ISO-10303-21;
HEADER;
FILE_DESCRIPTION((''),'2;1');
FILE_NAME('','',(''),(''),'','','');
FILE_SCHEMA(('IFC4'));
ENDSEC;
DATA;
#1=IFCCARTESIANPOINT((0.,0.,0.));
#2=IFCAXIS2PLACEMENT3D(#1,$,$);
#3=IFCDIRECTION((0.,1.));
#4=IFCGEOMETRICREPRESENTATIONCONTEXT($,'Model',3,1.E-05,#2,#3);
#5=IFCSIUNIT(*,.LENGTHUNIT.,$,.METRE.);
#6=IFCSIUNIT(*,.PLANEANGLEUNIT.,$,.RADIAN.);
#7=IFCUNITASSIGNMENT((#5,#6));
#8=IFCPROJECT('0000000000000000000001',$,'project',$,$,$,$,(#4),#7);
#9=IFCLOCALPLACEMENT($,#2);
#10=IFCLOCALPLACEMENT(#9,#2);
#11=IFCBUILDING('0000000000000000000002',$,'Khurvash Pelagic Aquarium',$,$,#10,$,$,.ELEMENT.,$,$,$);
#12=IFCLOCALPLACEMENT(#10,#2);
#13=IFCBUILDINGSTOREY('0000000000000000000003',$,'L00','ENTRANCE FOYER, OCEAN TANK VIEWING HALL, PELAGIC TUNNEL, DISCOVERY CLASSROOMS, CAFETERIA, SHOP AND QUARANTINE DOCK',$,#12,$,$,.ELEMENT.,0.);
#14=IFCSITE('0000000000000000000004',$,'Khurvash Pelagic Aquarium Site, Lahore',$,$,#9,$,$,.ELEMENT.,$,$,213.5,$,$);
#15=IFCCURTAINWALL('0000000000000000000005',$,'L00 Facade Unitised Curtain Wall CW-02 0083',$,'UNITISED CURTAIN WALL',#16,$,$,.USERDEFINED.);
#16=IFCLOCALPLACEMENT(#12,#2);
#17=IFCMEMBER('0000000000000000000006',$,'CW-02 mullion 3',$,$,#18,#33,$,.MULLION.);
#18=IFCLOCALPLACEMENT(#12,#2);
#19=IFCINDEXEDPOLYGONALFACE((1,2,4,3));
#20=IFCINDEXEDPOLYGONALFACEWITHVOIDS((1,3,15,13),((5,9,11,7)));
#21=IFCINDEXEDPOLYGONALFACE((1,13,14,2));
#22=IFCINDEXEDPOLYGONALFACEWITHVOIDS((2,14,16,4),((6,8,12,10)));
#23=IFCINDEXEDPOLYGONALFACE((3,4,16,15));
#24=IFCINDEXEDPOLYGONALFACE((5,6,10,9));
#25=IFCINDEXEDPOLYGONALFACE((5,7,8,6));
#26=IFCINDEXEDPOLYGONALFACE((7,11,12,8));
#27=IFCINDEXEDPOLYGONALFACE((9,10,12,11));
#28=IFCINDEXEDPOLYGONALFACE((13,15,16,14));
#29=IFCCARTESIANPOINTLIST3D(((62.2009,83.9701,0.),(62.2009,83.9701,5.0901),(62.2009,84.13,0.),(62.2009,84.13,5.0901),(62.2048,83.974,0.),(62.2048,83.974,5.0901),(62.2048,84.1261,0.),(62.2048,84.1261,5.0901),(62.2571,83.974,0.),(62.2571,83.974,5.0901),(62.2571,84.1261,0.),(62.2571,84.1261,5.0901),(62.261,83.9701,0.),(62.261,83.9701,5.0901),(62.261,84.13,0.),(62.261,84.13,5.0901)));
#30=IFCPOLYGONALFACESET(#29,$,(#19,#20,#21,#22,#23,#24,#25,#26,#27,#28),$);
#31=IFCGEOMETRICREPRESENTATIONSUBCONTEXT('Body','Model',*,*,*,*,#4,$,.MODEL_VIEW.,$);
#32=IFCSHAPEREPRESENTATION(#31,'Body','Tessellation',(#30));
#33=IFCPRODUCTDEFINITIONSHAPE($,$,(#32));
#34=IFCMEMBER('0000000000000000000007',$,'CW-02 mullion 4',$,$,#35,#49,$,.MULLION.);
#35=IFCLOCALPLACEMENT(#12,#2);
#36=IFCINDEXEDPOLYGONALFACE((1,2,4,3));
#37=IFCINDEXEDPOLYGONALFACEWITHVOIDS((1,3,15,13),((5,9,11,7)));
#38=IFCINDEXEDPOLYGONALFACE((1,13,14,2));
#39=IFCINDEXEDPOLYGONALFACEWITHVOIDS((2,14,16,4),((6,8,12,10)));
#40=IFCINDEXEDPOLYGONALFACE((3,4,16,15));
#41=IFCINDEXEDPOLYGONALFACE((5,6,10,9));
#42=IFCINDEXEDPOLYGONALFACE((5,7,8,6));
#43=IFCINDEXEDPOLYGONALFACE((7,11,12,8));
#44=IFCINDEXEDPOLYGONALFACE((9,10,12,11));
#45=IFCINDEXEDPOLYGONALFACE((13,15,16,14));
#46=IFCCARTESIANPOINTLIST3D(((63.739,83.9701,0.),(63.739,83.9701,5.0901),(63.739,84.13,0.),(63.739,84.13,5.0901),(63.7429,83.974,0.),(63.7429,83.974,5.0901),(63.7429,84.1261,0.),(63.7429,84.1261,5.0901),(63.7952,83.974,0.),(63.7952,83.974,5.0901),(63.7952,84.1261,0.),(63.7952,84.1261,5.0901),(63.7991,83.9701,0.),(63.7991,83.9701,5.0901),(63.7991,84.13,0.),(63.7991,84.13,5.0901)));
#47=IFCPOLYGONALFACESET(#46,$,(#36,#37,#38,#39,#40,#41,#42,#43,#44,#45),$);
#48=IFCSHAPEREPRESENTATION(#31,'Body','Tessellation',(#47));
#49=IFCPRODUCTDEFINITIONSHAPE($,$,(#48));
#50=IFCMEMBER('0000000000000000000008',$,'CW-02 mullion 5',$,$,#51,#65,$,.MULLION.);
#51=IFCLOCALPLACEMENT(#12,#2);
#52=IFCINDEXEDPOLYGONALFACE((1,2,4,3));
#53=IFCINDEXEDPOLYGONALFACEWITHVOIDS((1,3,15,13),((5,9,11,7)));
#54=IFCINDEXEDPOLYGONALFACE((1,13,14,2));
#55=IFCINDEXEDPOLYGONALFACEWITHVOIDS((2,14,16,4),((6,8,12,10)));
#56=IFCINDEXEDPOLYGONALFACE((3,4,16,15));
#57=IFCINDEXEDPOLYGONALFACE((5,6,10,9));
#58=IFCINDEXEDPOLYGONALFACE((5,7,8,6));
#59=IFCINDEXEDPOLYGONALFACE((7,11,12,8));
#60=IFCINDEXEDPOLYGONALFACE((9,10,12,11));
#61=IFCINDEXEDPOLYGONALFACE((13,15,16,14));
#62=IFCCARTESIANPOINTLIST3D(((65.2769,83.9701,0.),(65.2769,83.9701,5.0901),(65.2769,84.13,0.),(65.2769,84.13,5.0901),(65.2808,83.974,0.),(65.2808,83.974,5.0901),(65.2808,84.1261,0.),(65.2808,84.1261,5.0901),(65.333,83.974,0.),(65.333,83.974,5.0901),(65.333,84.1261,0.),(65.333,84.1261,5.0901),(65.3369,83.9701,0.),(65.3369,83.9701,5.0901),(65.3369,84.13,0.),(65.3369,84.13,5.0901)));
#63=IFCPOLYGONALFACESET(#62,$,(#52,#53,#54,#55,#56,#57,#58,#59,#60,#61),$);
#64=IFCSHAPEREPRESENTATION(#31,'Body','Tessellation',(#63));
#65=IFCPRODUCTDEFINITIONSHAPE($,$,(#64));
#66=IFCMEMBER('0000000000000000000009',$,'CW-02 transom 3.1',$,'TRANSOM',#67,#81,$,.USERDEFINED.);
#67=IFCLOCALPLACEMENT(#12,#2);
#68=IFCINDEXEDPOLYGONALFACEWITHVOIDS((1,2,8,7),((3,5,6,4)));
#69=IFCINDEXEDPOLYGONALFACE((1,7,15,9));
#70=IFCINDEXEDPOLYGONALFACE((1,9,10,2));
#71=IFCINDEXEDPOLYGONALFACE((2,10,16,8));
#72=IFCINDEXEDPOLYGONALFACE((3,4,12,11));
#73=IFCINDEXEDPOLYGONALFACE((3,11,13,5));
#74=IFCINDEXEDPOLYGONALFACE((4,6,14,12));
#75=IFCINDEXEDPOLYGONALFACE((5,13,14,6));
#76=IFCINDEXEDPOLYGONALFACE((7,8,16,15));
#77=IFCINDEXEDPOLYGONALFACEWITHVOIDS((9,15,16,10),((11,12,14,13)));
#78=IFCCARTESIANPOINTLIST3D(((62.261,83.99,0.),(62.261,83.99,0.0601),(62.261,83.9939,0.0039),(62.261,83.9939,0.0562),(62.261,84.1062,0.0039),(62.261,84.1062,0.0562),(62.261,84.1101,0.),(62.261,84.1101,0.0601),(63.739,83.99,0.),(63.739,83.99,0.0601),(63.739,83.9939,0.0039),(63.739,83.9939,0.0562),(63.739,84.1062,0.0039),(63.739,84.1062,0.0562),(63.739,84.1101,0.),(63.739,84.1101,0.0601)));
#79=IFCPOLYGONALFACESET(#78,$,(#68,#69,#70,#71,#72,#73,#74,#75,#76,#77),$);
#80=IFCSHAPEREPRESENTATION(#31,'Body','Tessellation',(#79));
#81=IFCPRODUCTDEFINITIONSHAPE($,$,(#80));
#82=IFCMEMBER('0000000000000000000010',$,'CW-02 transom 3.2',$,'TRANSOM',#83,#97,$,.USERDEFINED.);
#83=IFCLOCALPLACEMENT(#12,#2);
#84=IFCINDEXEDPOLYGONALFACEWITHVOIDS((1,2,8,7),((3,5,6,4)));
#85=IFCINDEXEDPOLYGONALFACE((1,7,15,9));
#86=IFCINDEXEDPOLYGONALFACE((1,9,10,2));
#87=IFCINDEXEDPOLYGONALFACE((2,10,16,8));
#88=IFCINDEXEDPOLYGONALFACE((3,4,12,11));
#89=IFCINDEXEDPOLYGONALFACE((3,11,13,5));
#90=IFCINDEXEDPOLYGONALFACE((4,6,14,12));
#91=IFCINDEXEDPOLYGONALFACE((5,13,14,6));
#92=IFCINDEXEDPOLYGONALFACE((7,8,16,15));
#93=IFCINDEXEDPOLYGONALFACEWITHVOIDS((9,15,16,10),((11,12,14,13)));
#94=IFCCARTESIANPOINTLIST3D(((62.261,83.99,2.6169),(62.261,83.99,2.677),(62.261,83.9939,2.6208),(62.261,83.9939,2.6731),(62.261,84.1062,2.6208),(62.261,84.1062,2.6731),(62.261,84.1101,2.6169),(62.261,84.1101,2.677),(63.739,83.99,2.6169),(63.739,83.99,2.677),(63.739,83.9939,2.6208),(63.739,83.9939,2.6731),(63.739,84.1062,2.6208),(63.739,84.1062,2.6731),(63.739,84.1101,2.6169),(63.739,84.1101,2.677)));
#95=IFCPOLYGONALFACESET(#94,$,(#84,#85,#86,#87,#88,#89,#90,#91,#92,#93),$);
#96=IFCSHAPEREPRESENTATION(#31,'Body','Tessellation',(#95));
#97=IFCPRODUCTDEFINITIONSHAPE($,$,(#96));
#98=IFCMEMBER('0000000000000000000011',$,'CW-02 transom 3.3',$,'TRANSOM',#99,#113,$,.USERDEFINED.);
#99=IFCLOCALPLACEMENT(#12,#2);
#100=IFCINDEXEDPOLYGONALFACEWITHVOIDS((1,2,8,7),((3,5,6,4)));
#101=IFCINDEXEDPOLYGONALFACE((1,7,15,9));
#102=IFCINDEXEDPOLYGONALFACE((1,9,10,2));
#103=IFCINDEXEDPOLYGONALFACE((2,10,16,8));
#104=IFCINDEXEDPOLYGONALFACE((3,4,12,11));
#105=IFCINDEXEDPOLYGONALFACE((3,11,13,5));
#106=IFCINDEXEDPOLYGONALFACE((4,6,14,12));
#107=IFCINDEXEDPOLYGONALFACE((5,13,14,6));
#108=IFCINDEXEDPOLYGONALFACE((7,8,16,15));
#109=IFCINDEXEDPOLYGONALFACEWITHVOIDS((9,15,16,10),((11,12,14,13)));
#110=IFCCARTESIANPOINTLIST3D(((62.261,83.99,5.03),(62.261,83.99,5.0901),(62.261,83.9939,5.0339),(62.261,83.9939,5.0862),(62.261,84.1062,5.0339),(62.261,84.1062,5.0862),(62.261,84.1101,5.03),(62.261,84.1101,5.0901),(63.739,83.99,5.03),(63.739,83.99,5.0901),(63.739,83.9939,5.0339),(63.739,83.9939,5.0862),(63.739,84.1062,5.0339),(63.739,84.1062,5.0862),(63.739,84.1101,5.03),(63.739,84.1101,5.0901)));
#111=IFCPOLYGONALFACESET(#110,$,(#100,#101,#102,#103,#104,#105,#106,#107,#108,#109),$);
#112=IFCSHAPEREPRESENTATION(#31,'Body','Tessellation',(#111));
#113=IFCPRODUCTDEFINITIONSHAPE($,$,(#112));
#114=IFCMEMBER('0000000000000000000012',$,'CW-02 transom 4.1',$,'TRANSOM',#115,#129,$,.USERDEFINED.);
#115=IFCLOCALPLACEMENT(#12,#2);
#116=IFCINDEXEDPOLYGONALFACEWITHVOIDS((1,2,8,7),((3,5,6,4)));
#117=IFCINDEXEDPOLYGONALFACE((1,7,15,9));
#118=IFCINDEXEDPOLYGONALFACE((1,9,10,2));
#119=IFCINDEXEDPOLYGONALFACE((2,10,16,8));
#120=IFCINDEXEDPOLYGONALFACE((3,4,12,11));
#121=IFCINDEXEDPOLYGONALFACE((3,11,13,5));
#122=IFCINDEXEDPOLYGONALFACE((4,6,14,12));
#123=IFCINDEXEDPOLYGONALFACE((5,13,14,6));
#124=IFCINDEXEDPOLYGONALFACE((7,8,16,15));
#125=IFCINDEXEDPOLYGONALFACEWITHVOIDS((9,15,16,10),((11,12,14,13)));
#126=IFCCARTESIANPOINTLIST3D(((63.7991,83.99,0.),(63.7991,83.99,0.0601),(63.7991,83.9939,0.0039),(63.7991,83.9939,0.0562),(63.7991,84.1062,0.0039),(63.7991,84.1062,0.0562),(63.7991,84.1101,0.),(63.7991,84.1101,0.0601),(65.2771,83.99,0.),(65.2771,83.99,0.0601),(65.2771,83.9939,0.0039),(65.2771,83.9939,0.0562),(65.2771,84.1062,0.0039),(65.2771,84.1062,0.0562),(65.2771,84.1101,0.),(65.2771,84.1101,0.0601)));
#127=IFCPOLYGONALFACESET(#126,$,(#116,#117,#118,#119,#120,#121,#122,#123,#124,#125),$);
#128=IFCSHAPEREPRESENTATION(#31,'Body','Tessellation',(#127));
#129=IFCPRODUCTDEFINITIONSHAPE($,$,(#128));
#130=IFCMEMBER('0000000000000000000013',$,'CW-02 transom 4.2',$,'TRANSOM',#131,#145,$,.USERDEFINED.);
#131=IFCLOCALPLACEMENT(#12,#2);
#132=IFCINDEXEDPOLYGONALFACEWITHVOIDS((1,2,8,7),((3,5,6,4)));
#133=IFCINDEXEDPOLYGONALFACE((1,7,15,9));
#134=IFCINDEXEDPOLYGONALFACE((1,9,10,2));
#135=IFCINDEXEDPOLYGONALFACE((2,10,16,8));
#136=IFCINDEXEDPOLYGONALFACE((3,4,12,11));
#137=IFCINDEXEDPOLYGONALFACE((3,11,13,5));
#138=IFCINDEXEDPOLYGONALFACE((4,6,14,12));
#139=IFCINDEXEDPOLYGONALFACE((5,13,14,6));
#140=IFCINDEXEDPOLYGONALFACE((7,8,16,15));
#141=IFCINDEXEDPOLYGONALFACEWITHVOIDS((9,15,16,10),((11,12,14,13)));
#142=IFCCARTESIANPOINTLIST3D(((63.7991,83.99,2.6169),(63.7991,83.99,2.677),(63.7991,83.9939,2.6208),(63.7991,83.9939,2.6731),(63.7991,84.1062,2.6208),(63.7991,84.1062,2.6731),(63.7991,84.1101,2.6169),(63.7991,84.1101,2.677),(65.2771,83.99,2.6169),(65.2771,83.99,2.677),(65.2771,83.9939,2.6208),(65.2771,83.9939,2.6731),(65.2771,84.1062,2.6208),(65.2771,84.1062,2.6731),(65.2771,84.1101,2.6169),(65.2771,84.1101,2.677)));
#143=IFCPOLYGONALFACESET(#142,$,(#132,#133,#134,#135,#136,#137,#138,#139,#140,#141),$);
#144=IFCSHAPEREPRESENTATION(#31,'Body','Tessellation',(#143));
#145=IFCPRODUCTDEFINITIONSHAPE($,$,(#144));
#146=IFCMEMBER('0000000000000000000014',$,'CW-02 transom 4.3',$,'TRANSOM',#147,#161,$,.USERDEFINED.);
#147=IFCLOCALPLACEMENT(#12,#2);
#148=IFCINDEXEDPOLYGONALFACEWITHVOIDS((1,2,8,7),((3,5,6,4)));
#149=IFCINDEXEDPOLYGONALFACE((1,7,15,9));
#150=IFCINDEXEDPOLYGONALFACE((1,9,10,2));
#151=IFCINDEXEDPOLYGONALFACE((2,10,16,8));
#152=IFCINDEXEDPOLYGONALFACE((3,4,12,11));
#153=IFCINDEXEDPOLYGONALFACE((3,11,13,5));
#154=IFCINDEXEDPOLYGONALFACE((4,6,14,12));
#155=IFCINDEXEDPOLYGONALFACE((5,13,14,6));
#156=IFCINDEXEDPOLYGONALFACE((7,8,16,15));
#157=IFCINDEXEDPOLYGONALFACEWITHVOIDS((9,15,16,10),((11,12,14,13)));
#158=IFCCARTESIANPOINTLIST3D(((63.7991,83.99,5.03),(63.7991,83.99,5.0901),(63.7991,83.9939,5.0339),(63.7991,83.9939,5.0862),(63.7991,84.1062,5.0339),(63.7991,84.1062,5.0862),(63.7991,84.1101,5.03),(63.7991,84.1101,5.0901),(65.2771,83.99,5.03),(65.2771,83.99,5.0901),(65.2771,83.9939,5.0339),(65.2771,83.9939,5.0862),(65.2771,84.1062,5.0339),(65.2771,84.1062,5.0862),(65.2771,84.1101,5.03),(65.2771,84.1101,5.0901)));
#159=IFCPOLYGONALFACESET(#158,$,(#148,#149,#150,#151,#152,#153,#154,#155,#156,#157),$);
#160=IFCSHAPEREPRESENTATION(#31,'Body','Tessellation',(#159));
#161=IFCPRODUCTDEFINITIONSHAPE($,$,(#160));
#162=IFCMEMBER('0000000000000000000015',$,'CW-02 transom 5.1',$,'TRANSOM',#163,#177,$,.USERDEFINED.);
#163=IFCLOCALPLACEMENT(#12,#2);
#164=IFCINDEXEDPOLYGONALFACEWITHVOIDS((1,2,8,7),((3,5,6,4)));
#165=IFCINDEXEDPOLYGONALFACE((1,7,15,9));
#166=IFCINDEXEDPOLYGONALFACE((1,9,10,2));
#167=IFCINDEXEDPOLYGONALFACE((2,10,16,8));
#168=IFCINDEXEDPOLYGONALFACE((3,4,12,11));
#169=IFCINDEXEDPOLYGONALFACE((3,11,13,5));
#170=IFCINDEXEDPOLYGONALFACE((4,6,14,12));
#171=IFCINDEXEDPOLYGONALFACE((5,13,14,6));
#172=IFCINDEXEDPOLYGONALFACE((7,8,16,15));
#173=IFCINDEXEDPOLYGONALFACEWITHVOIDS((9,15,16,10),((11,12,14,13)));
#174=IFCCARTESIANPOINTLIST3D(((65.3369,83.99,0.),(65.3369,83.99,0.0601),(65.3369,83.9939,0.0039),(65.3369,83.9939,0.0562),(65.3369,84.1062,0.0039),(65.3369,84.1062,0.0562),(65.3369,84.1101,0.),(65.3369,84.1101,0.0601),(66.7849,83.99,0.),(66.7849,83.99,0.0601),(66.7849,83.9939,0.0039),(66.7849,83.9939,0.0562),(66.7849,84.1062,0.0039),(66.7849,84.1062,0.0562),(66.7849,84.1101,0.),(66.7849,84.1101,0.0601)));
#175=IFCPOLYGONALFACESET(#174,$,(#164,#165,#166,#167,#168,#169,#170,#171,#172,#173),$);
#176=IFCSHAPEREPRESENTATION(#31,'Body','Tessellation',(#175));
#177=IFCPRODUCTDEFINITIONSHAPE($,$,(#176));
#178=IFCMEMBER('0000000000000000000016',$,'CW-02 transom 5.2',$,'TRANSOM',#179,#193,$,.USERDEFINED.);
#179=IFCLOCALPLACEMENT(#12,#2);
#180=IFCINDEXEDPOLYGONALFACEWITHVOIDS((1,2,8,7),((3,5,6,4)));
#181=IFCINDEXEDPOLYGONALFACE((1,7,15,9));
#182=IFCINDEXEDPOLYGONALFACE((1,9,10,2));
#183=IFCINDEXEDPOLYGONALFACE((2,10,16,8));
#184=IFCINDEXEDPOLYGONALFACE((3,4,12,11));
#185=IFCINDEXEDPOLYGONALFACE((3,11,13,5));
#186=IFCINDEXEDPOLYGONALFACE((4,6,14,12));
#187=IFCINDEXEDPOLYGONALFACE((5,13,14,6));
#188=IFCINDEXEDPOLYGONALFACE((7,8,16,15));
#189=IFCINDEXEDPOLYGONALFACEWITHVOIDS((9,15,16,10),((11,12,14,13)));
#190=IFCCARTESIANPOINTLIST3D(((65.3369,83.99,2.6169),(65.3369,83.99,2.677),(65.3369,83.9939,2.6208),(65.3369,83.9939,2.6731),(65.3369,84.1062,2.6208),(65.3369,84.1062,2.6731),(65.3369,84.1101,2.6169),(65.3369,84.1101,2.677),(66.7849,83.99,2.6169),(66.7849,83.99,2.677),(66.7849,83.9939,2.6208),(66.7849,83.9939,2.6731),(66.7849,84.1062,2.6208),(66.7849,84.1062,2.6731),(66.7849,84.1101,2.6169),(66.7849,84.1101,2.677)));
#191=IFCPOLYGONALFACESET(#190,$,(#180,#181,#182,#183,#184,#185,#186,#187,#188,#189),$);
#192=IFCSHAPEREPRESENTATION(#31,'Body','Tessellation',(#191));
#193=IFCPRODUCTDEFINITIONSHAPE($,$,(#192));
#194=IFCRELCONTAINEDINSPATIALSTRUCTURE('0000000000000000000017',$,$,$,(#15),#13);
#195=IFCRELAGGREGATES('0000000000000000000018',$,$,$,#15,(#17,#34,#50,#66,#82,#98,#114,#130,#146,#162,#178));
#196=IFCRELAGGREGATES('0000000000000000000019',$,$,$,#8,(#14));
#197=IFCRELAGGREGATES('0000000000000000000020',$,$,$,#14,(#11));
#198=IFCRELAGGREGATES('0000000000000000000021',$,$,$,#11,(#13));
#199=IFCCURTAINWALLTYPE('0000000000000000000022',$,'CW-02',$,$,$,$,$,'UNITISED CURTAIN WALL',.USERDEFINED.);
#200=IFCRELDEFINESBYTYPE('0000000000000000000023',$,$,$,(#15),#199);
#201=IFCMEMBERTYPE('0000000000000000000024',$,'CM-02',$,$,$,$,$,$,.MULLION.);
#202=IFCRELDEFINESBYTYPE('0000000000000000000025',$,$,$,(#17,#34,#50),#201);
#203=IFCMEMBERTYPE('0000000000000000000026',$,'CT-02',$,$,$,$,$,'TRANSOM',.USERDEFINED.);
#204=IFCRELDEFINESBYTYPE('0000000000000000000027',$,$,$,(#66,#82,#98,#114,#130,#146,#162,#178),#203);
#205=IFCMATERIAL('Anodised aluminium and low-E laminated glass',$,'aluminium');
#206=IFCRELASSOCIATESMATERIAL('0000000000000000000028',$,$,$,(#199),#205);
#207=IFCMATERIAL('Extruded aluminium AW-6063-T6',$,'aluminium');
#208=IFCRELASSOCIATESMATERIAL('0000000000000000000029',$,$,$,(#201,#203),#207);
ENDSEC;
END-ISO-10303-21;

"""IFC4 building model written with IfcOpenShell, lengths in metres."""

from ifc_helpers import new_model, si_unit, direction, frame, origin, origin_2d, place, context, subcontext, project, spatial, hollow_rectangle, extrude, material, material_profile, profile_set, type_object, element, aggregate, save


model = new_model("IFC4")

# Units and contexts
model_context = context("Model", 3, precision=1e-05, world=origin(), true_north=direction((0.0, 1.0)))
body_context = subcontext(model_context, "Body", "Model", "MODEL_VIEW")
ifc_project = project(units=[si_unit("LENGTHUNIT", "METRE"), si_unit("PLANEANGLEUNIT", "RADIAN")], contexts=[model_context])

# Site, building, storey
site_placement = place(None, origin())
site = spatial("IfcSite", under=ifc_project, at=site_placement, Name="Khurvash Pelagic Aquarium Site, Lahore", CompositionType="ELEMENT", RefElevation=213.5)
building_placement = place(site_placement, origin())
building = spatial("IfcBuilding", under=site, at=building_placement, Name="Khurvash Pelagic Aquarium", CompositionType="ELEMENT")
storey_placement = place(building_placement, origin())
storey = spatial("IfcBuildingStorey", under=building, at=storey_placement, Name="L00", Description="ENTRANCE FOYER, OCEAN TANK VIEWING HALL, PELAGIC TUNNEL, DISCOVERY CLASSROOMS, CAFETERIA, SHOP AND QUARANTINE DOCK", CompositionType="ELEMENT", Elevation=0.0)

# Curtain wall, members
ifc_material_1 = material(Name="Anodised aluminium and low-E laminated glass", Category="aluminium")
curtain_wall_type = type_object("IfcCurtainWallType", Name="CW-02", ElementType="UNITISED CURTAIN WALL", PredefinedType="USERDEFINED", material=ifc_material_1)
curtain_wall_placement = place(storey_placement, origin())
curtain_wall = element("IfcCurtainWall", 1, at=curtain_wall_placement, inside=storey, type_object=curtain_wall_type, Name="L00 Facade Unitised Curtain Wall CW-02 0083", ObjectType="UNITISED CURTAIN WALL", PredefinedType="USERDEFINED")
ifc_material_2 = material(Name="Extruded aluminium AW-6063-T6", Category="aluminium")
ifc_material_profile_1 = material_profile(ifc_material_2, hollow_rectangle(XDim=0.0601, YDim=0.1599, WallThickness=0.0039, at=origin_2d()), Name="CWM60X160X4")
ifc_profile_set_1 = profile_set([ifc_material_profile_1], Name="Extruded aluminium AW-6063-T6")
member_type_1 = type_object("IfcMemberType", Name="CM-02", PredefinedType="MULLION", material=ifc_profile_set_1)
member_1_placement = place(storey_placement, frame((62.231, 84.05, 0.0), z_axis=(0.0, 0.0, 1.0), x_axis=(1.0, 0.0, 0.0)))
member_1 = element("IfcMember", 2, at=member_1_placement, type_object=member_type_1, Name="CW-02 mullion 3", PredefinedType="MULLION", context=body_context, shape_type="SweptSolid", body=[
    extrude(hollow_rectangle(XDim=0.0601, YDim=0.1599, WallThickness=0.0039, at=origin_2d()), origin(), (0.0, 0.0, 1.0), 5.0901),
])
member_2_placement = place(storey_placement, frame((63.769, 84.05, 0.0), z_axis=(0.0, 0.0, 1.0), x_axis=(1.0, 0.0, 0.0)))
member_2 = element("IfcMember", 3, at=member_2_placement, type_object=member_type_1, Name="CW-02 mullion 4", PredefinedType="MULLION", context=body_context, shape_type="SweptSolid", body=[
    extrude(hollow_rectangle(XDim=0.0601, YDim=0.1599, WallThickness=0.0039, at=origin_2d()), origin(), (0.0, 0.0, 1.0), 5.0901),
])
member_3_placement = place(storey_placement, frame((65.3069, 84.05, 0.0), z_axis=(0.0, 0.0, 1.0), x_axis=(1.0, 0.0, 0.0)))
member_3 = element("IfcMember", 4, at=member_3_placement, type_object=member_type_1, Name="CW-02 mullion 5", PredefinedType="MULLION", context=body_context, shape_type="SweptSolid", body=[
    extrude(hollow_rectangle(XDim=0.0601, YDim=0.1599, WallThickness=0.0039, at=origin_2d()), origin(), (0.0, 0.0, 1.0), 5.0901),
])
ifc_material_profile_2 = material_profile(ifc_material_2, hollow_rectangle(XDim=0.1201, YDim=0.0601, WallThickness=0.0039, at=origin_2d()), Name="CWT120X60X4")
ifc_profile_set_2 = profile_set([ifc_material_profile_2], Name="Extruded aluminium AW-6063-T6")
member_type_2 = type_object("IfcMemberType", Name="CT-02", ElementType="TRANSOM", PredefinedType="USERDEFINED", material=ifc_profile_set_2)
member_4_placement = place(storey_placement, frame((62.261, 84.05, 0.03), z_axis=(1.0, 0.0, 0.0), x_axis=(0.0, 1.0, 0.0)))
member_4 = element("IfcMember", 5, at=member_4_placement, type_object=member_type_2, Name="CW-02 transom 3.1", ObjectType="TRANSOM", PredefinedType="USERDEFINED", context=body_context, shape_type="SweptSolid", body=[
    extrude(hollow_rectangle(XDim=0.1201, YDim=0.0601, WallThickness=0.0039, at=origin_2d()), origin(), (0.0, 0.0, 1.0), 1.478),
])
member_5_placement = place(storey_placement, frame((62.261, 84.05, 2.647), z_axis=(1.0, 0.0, 0.0), x_axis=(0.0, 1.0, 0.0)))
member_5 = element("IfcMember", 6, at=member_5_placement, type_object=member_type_2, Name="CW-02 transom 3.2", ObjectType="TRANSOM", PredefinedType="USERDEFINED", context=body_context, shape_type="SweptSolid", body=[
    extrude(hollow_rectangle(XDim=0.1201, YDim=0.0601, WallThickness=0.0039, at=origin_2d()), origin(), (0.0, 0.0, 1.0), 1.478),
])
member_6_placement = place(storey_placement, frame((62.261, 84.05, 5.0601), z_axis=(1.0, 0.0, 0.0), x_axis=(0.0, 1.0, 0.0)))
member_6 = element("IfcMember", 7, at=member_6_placement, type_object=member_type_2, Name="CW-02 transom 3.3", ObjectType="TRANSOM", PredefinedType="USERDEFINED", context=body_context, shape_type="SweptSolid", body=[
    extrude(hollow_rectangle(XDim=0.1201, YDim=0.0601, WallThickness=0.0039, at=origin_2d()), origin(), (0.0, 0.0, 1.0), 1.478),
])
member_7_placement = place(storey_placement, frame((63.7991, 84.05, 0.03), z_axis=(1.0, 0.0, 0.0), x_axis=(0.0, 1.0, 0.0)))
member_7 = element("IfcMember", 8, at=member_7_placement, type_object=member_type_2, Name="CW-02 transom 4.1", ObjectType="TRANSOM", PredefinedType="USERDEFINED", context=body_context, shape_type="SweptSolid", body=[
    extrude(hollow_rectangle(XDim=0.1201, YDim=0.0601, WallThickness=0.0039, at=origin_2d()), origin(), (0.0, 0.0, 1.0), 1.478),
])
member_8_placement = place(storey_placement, frame((63.7991, 84.05, 2.647), z_axis=(1.0, 0.0, 0.0), x_axis=(0.0, 1.0, 0.0)))
member_8 = element("IfcMember", 9, at=member_8_placement, type_object=member_type_2, Name="CW-02 transom 4.2", ObjectType="TRANSOM", PredefinedType="USERDEFINED", context=body_context, shape_type="SweptSolid", body=[
    extrude(hollow_rectangle(XDim=0.1201, YDim=0.0601, WallThickness=0.0039, at=origin_2d()), origin(), (0.0, 0.0, 1.0), 1.478),
])
member_9_placement = place(storey_placement, frame((63.7991, 84.05, 5.0601), z_axis=(1.0, 0.0, 0.0), x_axis=(0.0, 1.0, 0.0)))
member_9 = element("IfcMember", 10, at=member_9_placement, type_object=member_type_2, Name="CW-02 transom 4.3", ObjectType="TRANSOM", PredefinedType="USERDEFINED", context=body_context, shape_type="SweptSolid", body=[
    extrude(hollow_rectangle(XDim=0.1201, YDim=0.0601, WallThickness=0.0039, at=origin_2d()), origin(), (0.0, 0.0, 1.0), 1.478),
])
member_10_placement = place(storey_placement, frame((65.3369, 84.05, 0.03), z_axis=(1.0, 0.0, 0.0), x_axis=(0.0, 1.0, 0.0)))
member_10 = element("IfcMember", 11, at=member_10_placement, type_object=member_type_2, Name="CW-02 transom 5.1", ObjectType="TRANSOM", PredefinedType="USERDEFINED", context=body_context, shape_type="SweptSolid", body=[
    extrude(hollow_rectangle(XDim=0.1201, YDim=0.0601, WallThickness=0.0039, at=origin_2d()), origin(), (0.0, 0.0, 1.0), 1.448),
])
member_11_placement = place(storey_placement, frame((65.3369, 84.05, 2.647), z_axis=(1.0, 0.0, 0.0), x_axis=(0.0, 1.0, 0.0)))
member_11 = element("IfcMember", 12, at=member_11_placement, type_object=member_type_2, Name="CW-02 transom 5.2", ObjectType="TRANSOM", PredefinedType="USERDEFINED", context=body_context, shape_type="SweptSolid", body=[
    extrude(hollow_rectangle(XDim=0.1201, YDim=0.0601, WallThickness=0.0039, at=origin_2d()), origin(), (0.0, 0.0, 1.0), 1.448),
])
aggregate(curtain_wall, [member_1, member_2, member_3, member_4, member_5, member_6, member_7, member_8, member_9, member_10, member_11])

save(model, "model.ifc")
